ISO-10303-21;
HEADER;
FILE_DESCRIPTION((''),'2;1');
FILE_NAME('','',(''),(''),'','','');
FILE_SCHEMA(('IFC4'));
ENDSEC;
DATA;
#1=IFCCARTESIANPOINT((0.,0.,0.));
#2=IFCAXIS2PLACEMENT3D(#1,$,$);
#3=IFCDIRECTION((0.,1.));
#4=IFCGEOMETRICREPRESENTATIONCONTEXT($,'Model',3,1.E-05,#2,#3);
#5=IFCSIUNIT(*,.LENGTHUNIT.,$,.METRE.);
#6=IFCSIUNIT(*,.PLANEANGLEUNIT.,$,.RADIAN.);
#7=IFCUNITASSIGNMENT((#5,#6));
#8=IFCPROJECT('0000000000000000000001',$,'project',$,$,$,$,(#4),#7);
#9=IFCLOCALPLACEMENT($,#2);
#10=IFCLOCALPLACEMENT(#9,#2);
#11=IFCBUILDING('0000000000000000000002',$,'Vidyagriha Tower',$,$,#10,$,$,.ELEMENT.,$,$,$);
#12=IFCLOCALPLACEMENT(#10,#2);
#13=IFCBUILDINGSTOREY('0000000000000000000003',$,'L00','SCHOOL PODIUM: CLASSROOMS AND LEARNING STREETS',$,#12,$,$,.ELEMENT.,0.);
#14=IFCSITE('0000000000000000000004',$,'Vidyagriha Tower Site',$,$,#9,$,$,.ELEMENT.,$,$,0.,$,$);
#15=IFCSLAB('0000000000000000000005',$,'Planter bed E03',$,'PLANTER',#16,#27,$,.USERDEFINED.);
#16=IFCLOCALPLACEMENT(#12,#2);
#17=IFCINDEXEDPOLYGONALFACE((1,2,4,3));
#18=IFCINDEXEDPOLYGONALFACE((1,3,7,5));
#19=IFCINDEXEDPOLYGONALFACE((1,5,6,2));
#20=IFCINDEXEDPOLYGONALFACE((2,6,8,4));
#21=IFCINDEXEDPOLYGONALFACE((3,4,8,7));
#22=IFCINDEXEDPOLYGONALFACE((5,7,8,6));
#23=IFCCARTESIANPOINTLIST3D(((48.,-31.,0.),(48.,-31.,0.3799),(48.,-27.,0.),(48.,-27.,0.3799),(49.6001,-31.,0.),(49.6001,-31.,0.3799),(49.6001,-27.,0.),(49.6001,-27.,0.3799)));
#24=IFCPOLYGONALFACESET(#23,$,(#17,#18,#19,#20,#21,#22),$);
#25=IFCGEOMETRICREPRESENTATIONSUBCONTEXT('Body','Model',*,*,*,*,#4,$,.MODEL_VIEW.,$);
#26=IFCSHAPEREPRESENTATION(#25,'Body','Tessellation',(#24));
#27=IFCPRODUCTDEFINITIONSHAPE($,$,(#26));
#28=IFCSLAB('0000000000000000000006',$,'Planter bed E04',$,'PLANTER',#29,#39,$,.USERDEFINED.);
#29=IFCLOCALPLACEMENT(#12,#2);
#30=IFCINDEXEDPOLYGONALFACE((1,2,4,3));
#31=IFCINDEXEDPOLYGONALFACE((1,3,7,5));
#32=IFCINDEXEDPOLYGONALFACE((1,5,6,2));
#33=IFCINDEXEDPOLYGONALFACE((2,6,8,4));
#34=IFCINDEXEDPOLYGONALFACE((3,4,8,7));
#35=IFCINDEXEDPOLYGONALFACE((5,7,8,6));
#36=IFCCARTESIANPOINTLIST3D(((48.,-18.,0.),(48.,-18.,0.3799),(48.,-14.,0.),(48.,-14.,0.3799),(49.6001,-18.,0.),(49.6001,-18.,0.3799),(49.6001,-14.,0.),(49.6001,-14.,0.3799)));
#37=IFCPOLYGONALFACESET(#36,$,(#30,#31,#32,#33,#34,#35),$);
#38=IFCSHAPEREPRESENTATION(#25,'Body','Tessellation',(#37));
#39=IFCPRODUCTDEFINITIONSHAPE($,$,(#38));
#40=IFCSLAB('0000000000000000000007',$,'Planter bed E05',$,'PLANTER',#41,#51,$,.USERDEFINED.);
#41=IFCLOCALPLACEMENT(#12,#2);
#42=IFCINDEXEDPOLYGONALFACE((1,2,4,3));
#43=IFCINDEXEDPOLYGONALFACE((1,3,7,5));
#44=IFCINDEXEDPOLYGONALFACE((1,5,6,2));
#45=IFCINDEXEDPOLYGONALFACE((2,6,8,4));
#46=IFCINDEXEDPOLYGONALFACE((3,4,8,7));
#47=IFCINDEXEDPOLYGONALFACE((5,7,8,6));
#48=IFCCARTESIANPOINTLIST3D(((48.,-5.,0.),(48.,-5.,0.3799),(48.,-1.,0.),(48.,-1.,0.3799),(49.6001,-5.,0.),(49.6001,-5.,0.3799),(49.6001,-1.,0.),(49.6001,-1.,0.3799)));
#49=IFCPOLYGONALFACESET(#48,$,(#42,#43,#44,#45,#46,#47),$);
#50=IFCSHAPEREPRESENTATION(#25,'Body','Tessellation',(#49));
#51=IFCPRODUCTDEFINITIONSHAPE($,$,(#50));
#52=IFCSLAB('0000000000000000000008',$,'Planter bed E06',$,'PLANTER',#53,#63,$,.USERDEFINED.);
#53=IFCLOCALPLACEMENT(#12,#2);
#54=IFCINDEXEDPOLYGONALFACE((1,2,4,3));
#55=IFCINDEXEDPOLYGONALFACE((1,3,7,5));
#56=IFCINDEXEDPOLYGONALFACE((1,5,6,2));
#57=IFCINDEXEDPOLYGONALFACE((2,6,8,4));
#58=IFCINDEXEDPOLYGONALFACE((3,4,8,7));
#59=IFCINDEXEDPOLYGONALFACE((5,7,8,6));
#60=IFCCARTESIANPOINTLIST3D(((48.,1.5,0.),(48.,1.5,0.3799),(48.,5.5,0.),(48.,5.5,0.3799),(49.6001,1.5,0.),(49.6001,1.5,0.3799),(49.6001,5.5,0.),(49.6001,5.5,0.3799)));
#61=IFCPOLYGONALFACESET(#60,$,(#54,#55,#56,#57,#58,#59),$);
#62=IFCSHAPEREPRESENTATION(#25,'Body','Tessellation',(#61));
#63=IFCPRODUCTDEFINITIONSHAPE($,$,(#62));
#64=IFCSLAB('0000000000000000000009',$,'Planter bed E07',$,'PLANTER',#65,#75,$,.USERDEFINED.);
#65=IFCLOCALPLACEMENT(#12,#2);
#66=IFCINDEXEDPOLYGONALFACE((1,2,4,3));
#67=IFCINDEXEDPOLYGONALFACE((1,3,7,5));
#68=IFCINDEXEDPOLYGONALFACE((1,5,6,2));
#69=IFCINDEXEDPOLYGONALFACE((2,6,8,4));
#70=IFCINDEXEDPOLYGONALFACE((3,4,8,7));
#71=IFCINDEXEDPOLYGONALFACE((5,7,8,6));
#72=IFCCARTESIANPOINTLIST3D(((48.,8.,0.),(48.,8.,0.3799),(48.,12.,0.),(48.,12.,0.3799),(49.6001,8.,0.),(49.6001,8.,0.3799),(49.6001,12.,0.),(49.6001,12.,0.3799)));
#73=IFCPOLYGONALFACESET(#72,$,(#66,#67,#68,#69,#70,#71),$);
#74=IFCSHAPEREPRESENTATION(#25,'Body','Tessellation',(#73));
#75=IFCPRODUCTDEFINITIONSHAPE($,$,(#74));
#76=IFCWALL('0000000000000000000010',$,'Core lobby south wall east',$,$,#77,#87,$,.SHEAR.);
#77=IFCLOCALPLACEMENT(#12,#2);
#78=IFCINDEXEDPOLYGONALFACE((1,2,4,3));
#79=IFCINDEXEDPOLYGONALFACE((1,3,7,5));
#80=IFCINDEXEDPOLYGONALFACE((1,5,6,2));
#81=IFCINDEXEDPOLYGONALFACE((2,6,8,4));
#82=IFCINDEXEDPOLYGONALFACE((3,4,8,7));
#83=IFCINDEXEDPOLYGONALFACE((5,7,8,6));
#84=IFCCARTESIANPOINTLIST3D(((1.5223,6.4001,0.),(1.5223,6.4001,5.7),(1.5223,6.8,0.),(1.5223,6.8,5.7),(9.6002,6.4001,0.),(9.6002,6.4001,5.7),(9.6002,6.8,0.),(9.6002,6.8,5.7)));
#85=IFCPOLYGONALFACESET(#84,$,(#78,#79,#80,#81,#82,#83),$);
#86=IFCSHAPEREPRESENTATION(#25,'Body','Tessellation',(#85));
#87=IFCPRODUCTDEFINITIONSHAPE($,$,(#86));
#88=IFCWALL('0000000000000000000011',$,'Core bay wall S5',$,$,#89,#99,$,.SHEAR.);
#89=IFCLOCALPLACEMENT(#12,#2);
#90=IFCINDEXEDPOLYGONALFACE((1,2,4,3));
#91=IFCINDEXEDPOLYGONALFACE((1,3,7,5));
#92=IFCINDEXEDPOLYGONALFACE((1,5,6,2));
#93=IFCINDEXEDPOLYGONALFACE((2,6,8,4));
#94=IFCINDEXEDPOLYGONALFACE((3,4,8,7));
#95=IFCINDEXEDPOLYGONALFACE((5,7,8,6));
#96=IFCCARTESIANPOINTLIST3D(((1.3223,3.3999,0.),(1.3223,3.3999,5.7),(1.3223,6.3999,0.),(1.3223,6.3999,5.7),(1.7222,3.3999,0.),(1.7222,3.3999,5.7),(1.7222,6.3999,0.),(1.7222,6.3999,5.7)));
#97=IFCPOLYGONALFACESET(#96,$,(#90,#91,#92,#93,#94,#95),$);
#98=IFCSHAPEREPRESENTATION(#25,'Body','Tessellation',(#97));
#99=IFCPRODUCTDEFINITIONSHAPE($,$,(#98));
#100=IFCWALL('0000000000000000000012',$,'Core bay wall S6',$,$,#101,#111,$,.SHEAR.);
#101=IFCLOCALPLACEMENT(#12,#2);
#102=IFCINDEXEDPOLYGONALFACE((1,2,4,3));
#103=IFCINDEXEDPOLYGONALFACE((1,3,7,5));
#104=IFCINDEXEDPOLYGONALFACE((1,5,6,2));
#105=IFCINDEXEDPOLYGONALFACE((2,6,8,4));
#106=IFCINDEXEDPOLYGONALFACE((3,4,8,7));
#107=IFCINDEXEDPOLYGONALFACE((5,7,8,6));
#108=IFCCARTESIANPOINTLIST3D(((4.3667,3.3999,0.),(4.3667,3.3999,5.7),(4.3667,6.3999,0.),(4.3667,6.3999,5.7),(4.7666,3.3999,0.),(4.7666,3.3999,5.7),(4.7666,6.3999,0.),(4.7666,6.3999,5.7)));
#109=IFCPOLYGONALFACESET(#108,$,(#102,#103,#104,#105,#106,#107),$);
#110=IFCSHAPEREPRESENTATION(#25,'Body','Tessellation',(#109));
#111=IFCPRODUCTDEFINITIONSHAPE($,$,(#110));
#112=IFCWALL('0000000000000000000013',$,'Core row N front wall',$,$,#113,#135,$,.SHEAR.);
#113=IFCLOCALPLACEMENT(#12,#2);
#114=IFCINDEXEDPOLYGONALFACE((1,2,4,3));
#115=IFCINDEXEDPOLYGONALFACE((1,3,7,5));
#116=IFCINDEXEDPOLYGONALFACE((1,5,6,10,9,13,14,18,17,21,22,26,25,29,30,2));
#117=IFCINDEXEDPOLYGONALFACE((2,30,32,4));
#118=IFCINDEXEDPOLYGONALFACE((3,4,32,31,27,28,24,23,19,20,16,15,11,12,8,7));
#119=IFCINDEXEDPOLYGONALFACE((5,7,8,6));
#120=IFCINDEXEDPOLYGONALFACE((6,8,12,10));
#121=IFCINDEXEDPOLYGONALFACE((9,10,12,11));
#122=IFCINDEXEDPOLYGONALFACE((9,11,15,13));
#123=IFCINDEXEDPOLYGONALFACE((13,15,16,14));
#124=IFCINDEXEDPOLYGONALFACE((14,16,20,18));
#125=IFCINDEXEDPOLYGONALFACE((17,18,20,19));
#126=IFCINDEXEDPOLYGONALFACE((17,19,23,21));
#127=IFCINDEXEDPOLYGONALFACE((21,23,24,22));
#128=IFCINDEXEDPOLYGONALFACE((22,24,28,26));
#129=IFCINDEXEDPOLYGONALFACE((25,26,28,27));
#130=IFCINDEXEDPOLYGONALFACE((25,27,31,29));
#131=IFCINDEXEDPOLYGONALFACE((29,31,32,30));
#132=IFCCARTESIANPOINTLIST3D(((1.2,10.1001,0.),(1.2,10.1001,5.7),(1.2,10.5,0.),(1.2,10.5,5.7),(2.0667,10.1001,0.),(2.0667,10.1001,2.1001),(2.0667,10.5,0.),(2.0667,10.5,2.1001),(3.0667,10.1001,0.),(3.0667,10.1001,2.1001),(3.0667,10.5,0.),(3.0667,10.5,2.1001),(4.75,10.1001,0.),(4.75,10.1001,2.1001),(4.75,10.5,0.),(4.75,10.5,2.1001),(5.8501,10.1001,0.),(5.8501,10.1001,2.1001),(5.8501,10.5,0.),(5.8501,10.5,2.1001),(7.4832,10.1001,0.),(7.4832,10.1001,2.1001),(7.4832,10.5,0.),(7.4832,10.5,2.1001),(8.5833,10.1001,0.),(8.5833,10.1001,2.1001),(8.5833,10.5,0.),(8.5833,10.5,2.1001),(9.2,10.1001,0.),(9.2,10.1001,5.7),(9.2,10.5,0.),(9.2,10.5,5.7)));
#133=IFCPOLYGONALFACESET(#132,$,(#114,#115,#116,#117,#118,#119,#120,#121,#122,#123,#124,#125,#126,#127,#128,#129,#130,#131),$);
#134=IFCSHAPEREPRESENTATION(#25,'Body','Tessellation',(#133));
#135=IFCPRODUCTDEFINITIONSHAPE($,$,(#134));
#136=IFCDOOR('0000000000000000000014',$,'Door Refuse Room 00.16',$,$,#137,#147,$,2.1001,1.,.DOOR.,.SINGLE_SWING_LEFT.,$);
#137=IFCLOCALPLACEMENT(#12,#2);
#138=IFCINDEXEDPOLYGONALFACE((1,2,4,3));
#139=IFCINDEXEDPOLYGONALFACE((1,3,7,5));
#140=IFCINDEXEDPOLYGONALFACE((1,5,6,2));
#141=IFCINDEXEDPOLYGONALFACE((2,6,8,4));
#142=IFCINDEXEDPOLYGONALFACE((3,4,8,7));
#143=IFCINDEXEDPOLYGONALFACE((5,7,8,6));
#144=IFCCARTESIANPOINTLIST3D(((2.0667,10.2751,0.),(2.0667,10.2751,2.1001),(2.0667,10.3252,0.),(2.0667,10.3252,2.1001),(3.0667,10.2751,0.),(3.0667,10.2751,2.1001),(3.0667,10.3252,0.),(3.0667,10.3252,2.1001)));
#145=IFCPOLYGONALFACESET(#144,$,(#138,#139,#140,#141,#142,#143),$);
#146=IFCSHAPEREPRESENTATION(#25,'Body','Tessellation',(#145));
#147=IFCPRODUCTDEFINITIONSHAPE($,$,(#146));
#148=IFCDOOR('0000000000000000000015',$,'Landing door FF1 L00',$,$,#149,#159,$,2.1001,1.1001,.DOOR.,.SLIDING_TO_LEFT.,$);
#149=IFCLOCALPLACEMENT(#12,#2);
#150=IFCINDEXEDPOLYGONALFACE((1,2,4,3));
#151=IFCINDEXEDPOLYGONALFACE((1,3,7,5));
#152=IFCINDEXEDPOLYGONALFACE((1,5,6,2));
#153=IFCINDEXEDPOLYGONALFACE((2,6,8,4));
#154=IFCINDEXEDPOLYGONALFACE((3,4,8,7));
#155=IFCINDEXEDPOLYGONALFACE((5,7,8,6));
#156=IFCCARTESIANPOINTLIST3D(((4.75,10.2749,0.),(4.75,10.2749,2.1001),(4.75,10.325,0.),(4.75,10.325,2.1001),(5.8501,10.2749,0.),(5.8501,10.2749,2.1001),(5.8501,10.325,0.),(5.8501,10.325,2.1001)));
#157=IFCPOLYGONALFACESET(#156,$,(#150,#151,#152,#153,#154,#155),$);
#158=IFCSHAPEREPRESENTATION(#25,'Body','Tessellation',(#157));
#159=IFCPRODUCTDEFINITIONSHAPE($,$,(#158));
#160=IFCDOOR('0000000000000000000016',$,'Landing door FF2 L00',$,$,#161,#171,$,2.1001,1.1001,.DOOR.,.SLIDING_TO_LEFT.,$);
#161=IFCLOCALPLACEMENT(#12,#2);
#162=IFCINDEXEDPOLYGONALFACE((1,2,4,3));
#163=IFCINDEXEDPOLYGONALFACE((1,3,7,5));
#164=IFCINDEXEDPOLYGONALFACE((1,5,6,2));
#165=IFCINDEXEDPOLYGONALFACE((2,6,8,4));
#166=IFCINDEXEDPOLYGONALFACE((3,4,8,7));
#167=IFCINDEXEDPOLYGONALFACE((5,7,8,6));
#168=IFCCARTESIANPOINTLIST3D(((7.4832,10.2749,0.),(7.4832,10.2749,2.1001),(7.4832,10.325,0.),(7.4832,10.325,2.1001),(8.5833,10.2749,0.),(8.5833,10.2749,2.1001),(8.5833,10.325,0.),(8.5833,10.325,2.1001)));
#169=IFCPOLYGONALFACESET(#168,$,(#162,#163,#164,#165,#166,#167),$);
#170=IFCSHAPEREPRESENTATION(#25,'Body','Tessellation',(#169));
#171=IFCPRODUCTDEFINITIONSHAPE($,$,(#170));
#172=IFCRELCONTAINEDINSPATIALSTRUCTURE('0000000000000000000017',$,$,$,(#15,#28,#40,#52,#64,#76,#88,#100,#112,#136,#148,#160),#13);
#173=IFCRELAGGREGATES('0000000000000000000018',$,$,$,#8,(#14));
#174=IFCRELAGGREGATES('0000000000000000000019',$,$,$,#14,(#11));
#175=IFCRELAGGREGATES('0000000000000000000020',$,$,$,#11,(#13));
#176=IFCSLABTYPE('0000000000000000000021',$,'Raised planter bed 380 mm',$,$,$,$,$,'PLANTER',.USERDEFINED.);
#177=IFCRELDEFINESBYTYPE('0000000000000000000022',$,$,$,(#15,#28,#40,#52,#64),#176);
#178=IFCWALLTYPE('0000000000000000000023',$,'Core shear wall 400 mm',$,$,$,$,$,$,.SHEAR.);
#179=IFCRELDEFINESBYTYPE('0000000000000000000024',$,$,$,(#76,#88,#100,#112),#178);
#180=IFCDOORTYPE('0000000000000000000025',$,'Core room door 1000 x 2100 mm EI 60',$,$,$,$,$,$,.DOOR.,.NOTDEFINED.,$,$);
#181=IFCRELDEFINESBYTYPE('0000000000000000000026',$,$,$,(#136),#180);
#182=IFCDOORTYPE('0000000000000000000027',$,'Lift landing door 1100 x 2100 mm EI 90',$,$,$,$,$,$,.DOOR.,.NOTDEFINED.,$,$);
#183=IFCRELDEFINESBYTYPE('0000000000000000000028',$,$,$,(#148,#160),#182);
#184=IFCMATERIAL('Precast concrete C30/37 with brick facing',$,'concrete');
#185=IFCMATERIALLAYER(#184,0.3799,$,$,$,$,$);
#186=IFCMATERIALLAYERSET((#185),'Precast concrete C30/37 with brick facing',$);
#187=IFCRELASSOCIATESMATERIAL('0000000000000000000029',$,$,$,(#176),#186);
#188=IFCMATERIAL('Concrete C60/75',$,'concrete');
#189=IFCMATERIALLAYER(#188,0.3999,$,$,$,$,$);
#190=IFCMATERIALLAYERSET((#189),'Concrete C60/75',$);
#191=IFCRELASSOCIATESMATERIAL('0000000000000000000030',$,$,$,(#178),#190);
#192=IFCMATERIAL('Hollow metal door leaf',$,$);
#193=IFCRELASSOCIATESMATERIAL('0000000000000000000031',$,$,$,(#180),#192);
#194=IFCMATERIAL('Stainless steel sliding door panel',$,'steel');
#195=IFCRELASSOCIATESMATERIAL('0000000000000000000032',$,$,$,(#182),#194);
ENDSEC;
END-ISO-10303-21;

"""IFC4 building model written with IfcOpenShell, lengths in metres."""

from ifc_helpers import new_model, si_unit, direction, frame, frame_2d, origin, place, context, subcontext, project, spatial, polyline, rectangle, outline, extrude, material, layer, layer_set, type_object, element, fill, save


model = new_model("IFC4")

# Units and contexts
model_context = context("Model", 3, precision=1e-05, world=origin(), true_north=direction((0.0, 1.0)))
body_context = subcontext(model_context, "Body", "Model", "MODEL_VIEW")
ifc_project = project(units=[si_unit("LENGTHUNIT", "METRE"), si_unit("PLANEANGLEUNIT", "RADIAN")], contexts=[model_context])

# Site, building, storey
site_placement = place(None, origin())
site = spatial("IfcSite", under=ifc_project, at=site_placement, Name="Vidyagriha Tower Site", CompositionType="ELEMENT", RefElevation=0.0)
building_placement = place(site_placement, origin())
building = spatial("IfcBuilding", under=site, at=building_placement, Name="Vidyagriha Tower", CompositionType="ELEMENT")
storey_placement = place(building_placement, origin())
storey = spatial("IfcBuildingStorey", under=building, at=storey_placement, Name="L00", Description="SCHOOL PODIUM: CLASSROOMS AND LEARNING STREETS", CompositionType="ELEMENT", Elevation=0.0)

# Slabs
ifc_material_1 = material(Name="Precast concrete C30/37 with brick facing", Category="concrete")
ifc_layer_1 = layer(ifc_material_1, 0.3799)
ifc_layer_set_1 = layer_set([ifc_layer_1], Name="Precast concrete C30/37 with brick facing")
slab_type = type_object("IfcSlabType", Name="Raised planter bed 380 mm", ElementType="PLANTER", PredefinedType="USERDEFINED", material=ifc_layer_set_1)
slab_1_placement = place(storey_placement, origin())
element("IfcSlab", 1, at=slab_1_placement, inside=storey, type_object=slab_type, Name="Planter bed E03", ObjectType="PLANTER", PredefinedType="USERDEFINED", context=body_context, shape_type="SweptSolid", body=[
    extrude(outline(polyline([(48.0, -31.0), (49.6001, -31.0), (49.6001, -27.0), (48.0, -27.0), (48.0, -31.0)])), origin(), (0.0, 0.0, 1.0), 0.3799),
])
slab_2_placement = place(storey_placement, origin())
element("IfcSlab", 2, at=slab_2_placement, inside=storey, type_object=slab_type, Name="Planter bed E04", ObjectType="PLANTER", PredefinedType="USERDEFINED", context=body_context, shape_type="SweptSolid", body=[
    extrude(outline(polyline([(48.0, -18.0), (49.6001, -18.0), (49.6001, -14.0), (48.0, -14.0), (48.0, -18.0)])), origin(), (0.0, 0.0, 1.0), 0.3799),
])
slab_3_placement = place(storey_placement, origin())
element("IfcSlab", 3, at=slab_3_placement, inside=storey, type_object=slab_type, Name="Planter bed E05", ObjectType="PLANTER", PredefinedType="USERDEFINED", context=body_context, shape_type="SweptSolid", body=[
    extrude(outline(polyline([(48.0, -5.0), (49.6001, -5.0), (49.6001, -1.0), (48.0, -1.0), (48.0, -5.0)])), origin(), (0.0, 0.0, 1.0), 0.3799),
])
slab_4_placement = place(storey_placement, origin())
element("IfcSlab", 4, at=slab_4_placement, inside=storey, type_object=slab_type, Name="Planter bed E06", ObjectType="PLANTER", PredefinedType="USERDEFINED", context=body_context, shape_type="SweptSolid", body=[
    extrude(outline(polyline([(48.0, 1.5), (49.6001, 1.5), (49.6001, 5.5), (48.0, 5.5), (48.0, 1.5)])), origin(), (0.0, 0.0, 1.0), 0.3799),
])
slab_5_placement = place(storey_placement, origin())
element("IfcSlab", 5, at=slab_5_placement, inside=storey, type_object=slab_type, Name="Planter bed E07", ObjectType="PLANTER", PredefinedType="USERDEFINED", context=body_context, shape_type="SweptSolid", body=[
    extrude(outline(polyline([(48.0, 8.0), (49.6001, 8.0), (49.6001, 12.0), (48.0, 12.0), (48.0, 8.0)])), origin(), (0.0, 0.0, 1.0), 0.3799),
])

# Walls
ifc_material_2 = material(Name="Concrete C60/75", Category="concrete")
ifc_layer_2 = layer(ifc_material_2, 0.3999)
ifc_layer_set_2 = layer_set([ifc_layer_2], Name="Concrete C60/75")
wall_type_1 = type_object("IfcWallType", Name="Core shear wall 400 mm", PredefinedType="SHEAR", material=ifc_layer_set_2)
wall_1_placement = place(storey_placement, frame((1.5222, 6.6001, 0.0)))
element("IfcWall", 6, at=wall_1_placement, inside=storey, type_object=wall_type_1, Name="Core lobby south wall east", PredefinedType="SHEAR", context=body_context, shape_type="SweptSolid", body=[
    extrude(rectangle(XDim=8.0779, YDim=0.3999, at=frame_2d((4.0391, 0.0))), origin(), (0.0, 0.0, 1.0), 5.7),
])
for number, where, z_axis, x_axis, name in (
    (7, (1.5222, 3.3999, 0.0), (0.0, 0.0, 1.0), (0.0, 1.0, 0.0), "Core bay wall S5"),
    (8, (4.5667, 3.3999, 0.0), (0.0, 0.0, 1.0), (0.0, 1.0, 0.0), "Core bay wall S6"),
):
    element("IfcWall", number, at=place(storey_placement, frame(where, z_axis=z_axis, x_axis=x_axis)), inside=storey, type_object=wall_type_1, Name=name, PredefinedType="SHEAR", context=body_context, shape_type="SweptSolid", body=[
        extrude(rectangle(XDim=3.0, YDim=0.3999, at=frame_2d((1.5, 0.0))), origin(), (0.0, 0.0, 1.0), 5.7),
    ])

# Wall, openings, doors
wall_2_placement = place(storey_placement, frame((1.2, 10.3, 0.0)))
wall_2 = element("IfcWall", 9, at=wall_2_placement, inside=storey, type_object=wall_type_1, Name="Core row N front wall", PredefinedType="SHEAR", context=body_context, shape_type="SweptSolid", body=[
    extrude(rectangle(XDim=8.0, YDim=0.3999, at=frame_2d((4.0, 0.0))), origin(), (0.0, 0.0, 1.0), 5.7),
])
opening_1_placement = place(wall_2_placement, frame((3.55, 0.0, 0.0)))
opening_1 = element("IfcOpeningElement", 10, at=opening_1_placement, cuts=wall_2, PredefinedType="OPENING", context=body_context, shape_type="SweptSolid", body=[
    extrude(rectangle(XDim=1.1001, YDim=2.1001, at=frame_2d((0.55, 1.05))), frame((0.0, 0.21, 0.0), z_axis=(0.0, -1.0, 0.0), x_axis=(1.0, 0.0, 0.0)), (0.0, 0.0, 1.0), 0.4199),
])
opening_2_placement = place(wall_2_placement, frame((6.2832, 0.0, 0.0)))
opening_2 = element("IfcOpeningElement", 11, at=opening_2_placement, cuts=wall_2, PredefinedType="OPENING", context=body_context, shape_type="SweptSolid", body=[
    extrude(rectangle(XDim=1.1001, YDim=2.1001, at=frame_2d((0.55, 1.05))), frame((0.0, 0.21, 0.0), z_axis=(0.0, -1.0, 0.0), x_axis=(1.0, 0.0, 0.0)), (0.0, 0.0, 1.0), 0.4199),
])
opening_3_placement = place(wall_2_placement, frame((0.8667, 0.0, 0.0)))
opening_3 = element("IfcOpeningElement", 12, at=opening_3_placement, cuts=wall_2, PredefinedType="OPENING", context=body_context, shape_type="SweptSolid", body=[
    extrude(rectangle(XDim=1.0, YDim=2.1001, at=frame_2d((0.5, 1.05))), frame((0.0, 0.21, 0.0), z_axis=(0.0, -1.0, 0.0), x_axis=(1.0, 0.0, 0.0)), (0.0, 0.0, 1.0), 0.4199),
])
ifc_material_3 = material(Name="Hollow metal door leaf")
door_type_1 = type_object("IfcDoorType", Name="Core room door 1000 x 2100 mm EI 60", OperationType="NOTDEFINED", PredefinedType="DOOR", material=ifc_material_3)
door_1_placement = place(opening_3_placement, frame((1.0, 0.0, 0.0), z_axis=(0.0, 0.0, 1.0), x_axis=(-1.0, 0.0, 0.0)))
door_1 = element("IfcDoor", 13, at=door_1_placement, inside=storey, type_object=door_type_1, Name="Door Refuse Room 00.16", OperationType="SINGLE_SWING_LEFT", OverallHeight=2.1001, OverallWidth=1.0, PredefinedType="DOOR", context=body_context, shape_type="SweptSolid", body=[
    extrude(rectangle(XDim=1.0, YDim=2.1001, at=frame_2d((0.5, 1.05))), frame((0.0, 0.0249, 0.0), z_axis=(0.0, -1.0, 0.0), x_axis=(1.0, 0.0, 0.0)), (0.0, 0.0, 1.0), 0.05),
])
fill(opening_3, door_1)
ifc_material_4 = material(Name="Stainless steel sliding door panel", Category="steel")
door_type_2 = type_object("IfcDoorType", Name="Lift landing door 1100 x 2100 mm EI 90", OperationType="NOTDEFINED", PredefinedType="DOOR", material=ifc_material_4)
door_2_placement = place(opening_1_placement, origin())
door_2 = element("IfcDoor", 14, at=door_2_placement, inside=storey, type_object=door_type_2, Name="Landing door FF1 L00", OperationType="SLIDING_TO_LEFT", OverallHeight=2.1001, OverallWidth=1.1001, PredefinedType="DOOR", context=body_context, shape_type="SweptSolid", body=[
    extrude(rectangle(XDim=1.1001, YDim=2.1001, at=frame_2d((0.55, 1.05))), frame((0.0, 0.0249, 0.0), z_axis=(0.0, -1.0, 0.0), x_axis=(1.0, 0.0, 0.0)), (0.0, 0.0, 1.0), 0.05),
])
fill(opening_1, door_2)
door_3_placement = place(opening_2_placement, origin())
door_3 = element("IfcDoor", 15, at=door_3_placement, inside=storey, type_object=door_type_2, Name="Landing door FF2 L00", OperationType="SLIDING_TO_LEFT", OverallHeight=2.1001, OverallWidth=1.1001, PredefinedType="DOOR", context=body_context, shape_type="SweptSolid", body=[
    extrude(rectangle(XDim=1.1001, YDim=2.1001, at=frame_2d((0.55, 1.05))), frame((0.0, 0.0249, 0.0), z_axis=(0.0, -1.0, 0.0), x_axis=(1.0, 0.0, 0.0)), (0.0, 0.0, 1.0), 0.05),
])
fill(opening_2, door_3)

save(model, "model.ifc")
